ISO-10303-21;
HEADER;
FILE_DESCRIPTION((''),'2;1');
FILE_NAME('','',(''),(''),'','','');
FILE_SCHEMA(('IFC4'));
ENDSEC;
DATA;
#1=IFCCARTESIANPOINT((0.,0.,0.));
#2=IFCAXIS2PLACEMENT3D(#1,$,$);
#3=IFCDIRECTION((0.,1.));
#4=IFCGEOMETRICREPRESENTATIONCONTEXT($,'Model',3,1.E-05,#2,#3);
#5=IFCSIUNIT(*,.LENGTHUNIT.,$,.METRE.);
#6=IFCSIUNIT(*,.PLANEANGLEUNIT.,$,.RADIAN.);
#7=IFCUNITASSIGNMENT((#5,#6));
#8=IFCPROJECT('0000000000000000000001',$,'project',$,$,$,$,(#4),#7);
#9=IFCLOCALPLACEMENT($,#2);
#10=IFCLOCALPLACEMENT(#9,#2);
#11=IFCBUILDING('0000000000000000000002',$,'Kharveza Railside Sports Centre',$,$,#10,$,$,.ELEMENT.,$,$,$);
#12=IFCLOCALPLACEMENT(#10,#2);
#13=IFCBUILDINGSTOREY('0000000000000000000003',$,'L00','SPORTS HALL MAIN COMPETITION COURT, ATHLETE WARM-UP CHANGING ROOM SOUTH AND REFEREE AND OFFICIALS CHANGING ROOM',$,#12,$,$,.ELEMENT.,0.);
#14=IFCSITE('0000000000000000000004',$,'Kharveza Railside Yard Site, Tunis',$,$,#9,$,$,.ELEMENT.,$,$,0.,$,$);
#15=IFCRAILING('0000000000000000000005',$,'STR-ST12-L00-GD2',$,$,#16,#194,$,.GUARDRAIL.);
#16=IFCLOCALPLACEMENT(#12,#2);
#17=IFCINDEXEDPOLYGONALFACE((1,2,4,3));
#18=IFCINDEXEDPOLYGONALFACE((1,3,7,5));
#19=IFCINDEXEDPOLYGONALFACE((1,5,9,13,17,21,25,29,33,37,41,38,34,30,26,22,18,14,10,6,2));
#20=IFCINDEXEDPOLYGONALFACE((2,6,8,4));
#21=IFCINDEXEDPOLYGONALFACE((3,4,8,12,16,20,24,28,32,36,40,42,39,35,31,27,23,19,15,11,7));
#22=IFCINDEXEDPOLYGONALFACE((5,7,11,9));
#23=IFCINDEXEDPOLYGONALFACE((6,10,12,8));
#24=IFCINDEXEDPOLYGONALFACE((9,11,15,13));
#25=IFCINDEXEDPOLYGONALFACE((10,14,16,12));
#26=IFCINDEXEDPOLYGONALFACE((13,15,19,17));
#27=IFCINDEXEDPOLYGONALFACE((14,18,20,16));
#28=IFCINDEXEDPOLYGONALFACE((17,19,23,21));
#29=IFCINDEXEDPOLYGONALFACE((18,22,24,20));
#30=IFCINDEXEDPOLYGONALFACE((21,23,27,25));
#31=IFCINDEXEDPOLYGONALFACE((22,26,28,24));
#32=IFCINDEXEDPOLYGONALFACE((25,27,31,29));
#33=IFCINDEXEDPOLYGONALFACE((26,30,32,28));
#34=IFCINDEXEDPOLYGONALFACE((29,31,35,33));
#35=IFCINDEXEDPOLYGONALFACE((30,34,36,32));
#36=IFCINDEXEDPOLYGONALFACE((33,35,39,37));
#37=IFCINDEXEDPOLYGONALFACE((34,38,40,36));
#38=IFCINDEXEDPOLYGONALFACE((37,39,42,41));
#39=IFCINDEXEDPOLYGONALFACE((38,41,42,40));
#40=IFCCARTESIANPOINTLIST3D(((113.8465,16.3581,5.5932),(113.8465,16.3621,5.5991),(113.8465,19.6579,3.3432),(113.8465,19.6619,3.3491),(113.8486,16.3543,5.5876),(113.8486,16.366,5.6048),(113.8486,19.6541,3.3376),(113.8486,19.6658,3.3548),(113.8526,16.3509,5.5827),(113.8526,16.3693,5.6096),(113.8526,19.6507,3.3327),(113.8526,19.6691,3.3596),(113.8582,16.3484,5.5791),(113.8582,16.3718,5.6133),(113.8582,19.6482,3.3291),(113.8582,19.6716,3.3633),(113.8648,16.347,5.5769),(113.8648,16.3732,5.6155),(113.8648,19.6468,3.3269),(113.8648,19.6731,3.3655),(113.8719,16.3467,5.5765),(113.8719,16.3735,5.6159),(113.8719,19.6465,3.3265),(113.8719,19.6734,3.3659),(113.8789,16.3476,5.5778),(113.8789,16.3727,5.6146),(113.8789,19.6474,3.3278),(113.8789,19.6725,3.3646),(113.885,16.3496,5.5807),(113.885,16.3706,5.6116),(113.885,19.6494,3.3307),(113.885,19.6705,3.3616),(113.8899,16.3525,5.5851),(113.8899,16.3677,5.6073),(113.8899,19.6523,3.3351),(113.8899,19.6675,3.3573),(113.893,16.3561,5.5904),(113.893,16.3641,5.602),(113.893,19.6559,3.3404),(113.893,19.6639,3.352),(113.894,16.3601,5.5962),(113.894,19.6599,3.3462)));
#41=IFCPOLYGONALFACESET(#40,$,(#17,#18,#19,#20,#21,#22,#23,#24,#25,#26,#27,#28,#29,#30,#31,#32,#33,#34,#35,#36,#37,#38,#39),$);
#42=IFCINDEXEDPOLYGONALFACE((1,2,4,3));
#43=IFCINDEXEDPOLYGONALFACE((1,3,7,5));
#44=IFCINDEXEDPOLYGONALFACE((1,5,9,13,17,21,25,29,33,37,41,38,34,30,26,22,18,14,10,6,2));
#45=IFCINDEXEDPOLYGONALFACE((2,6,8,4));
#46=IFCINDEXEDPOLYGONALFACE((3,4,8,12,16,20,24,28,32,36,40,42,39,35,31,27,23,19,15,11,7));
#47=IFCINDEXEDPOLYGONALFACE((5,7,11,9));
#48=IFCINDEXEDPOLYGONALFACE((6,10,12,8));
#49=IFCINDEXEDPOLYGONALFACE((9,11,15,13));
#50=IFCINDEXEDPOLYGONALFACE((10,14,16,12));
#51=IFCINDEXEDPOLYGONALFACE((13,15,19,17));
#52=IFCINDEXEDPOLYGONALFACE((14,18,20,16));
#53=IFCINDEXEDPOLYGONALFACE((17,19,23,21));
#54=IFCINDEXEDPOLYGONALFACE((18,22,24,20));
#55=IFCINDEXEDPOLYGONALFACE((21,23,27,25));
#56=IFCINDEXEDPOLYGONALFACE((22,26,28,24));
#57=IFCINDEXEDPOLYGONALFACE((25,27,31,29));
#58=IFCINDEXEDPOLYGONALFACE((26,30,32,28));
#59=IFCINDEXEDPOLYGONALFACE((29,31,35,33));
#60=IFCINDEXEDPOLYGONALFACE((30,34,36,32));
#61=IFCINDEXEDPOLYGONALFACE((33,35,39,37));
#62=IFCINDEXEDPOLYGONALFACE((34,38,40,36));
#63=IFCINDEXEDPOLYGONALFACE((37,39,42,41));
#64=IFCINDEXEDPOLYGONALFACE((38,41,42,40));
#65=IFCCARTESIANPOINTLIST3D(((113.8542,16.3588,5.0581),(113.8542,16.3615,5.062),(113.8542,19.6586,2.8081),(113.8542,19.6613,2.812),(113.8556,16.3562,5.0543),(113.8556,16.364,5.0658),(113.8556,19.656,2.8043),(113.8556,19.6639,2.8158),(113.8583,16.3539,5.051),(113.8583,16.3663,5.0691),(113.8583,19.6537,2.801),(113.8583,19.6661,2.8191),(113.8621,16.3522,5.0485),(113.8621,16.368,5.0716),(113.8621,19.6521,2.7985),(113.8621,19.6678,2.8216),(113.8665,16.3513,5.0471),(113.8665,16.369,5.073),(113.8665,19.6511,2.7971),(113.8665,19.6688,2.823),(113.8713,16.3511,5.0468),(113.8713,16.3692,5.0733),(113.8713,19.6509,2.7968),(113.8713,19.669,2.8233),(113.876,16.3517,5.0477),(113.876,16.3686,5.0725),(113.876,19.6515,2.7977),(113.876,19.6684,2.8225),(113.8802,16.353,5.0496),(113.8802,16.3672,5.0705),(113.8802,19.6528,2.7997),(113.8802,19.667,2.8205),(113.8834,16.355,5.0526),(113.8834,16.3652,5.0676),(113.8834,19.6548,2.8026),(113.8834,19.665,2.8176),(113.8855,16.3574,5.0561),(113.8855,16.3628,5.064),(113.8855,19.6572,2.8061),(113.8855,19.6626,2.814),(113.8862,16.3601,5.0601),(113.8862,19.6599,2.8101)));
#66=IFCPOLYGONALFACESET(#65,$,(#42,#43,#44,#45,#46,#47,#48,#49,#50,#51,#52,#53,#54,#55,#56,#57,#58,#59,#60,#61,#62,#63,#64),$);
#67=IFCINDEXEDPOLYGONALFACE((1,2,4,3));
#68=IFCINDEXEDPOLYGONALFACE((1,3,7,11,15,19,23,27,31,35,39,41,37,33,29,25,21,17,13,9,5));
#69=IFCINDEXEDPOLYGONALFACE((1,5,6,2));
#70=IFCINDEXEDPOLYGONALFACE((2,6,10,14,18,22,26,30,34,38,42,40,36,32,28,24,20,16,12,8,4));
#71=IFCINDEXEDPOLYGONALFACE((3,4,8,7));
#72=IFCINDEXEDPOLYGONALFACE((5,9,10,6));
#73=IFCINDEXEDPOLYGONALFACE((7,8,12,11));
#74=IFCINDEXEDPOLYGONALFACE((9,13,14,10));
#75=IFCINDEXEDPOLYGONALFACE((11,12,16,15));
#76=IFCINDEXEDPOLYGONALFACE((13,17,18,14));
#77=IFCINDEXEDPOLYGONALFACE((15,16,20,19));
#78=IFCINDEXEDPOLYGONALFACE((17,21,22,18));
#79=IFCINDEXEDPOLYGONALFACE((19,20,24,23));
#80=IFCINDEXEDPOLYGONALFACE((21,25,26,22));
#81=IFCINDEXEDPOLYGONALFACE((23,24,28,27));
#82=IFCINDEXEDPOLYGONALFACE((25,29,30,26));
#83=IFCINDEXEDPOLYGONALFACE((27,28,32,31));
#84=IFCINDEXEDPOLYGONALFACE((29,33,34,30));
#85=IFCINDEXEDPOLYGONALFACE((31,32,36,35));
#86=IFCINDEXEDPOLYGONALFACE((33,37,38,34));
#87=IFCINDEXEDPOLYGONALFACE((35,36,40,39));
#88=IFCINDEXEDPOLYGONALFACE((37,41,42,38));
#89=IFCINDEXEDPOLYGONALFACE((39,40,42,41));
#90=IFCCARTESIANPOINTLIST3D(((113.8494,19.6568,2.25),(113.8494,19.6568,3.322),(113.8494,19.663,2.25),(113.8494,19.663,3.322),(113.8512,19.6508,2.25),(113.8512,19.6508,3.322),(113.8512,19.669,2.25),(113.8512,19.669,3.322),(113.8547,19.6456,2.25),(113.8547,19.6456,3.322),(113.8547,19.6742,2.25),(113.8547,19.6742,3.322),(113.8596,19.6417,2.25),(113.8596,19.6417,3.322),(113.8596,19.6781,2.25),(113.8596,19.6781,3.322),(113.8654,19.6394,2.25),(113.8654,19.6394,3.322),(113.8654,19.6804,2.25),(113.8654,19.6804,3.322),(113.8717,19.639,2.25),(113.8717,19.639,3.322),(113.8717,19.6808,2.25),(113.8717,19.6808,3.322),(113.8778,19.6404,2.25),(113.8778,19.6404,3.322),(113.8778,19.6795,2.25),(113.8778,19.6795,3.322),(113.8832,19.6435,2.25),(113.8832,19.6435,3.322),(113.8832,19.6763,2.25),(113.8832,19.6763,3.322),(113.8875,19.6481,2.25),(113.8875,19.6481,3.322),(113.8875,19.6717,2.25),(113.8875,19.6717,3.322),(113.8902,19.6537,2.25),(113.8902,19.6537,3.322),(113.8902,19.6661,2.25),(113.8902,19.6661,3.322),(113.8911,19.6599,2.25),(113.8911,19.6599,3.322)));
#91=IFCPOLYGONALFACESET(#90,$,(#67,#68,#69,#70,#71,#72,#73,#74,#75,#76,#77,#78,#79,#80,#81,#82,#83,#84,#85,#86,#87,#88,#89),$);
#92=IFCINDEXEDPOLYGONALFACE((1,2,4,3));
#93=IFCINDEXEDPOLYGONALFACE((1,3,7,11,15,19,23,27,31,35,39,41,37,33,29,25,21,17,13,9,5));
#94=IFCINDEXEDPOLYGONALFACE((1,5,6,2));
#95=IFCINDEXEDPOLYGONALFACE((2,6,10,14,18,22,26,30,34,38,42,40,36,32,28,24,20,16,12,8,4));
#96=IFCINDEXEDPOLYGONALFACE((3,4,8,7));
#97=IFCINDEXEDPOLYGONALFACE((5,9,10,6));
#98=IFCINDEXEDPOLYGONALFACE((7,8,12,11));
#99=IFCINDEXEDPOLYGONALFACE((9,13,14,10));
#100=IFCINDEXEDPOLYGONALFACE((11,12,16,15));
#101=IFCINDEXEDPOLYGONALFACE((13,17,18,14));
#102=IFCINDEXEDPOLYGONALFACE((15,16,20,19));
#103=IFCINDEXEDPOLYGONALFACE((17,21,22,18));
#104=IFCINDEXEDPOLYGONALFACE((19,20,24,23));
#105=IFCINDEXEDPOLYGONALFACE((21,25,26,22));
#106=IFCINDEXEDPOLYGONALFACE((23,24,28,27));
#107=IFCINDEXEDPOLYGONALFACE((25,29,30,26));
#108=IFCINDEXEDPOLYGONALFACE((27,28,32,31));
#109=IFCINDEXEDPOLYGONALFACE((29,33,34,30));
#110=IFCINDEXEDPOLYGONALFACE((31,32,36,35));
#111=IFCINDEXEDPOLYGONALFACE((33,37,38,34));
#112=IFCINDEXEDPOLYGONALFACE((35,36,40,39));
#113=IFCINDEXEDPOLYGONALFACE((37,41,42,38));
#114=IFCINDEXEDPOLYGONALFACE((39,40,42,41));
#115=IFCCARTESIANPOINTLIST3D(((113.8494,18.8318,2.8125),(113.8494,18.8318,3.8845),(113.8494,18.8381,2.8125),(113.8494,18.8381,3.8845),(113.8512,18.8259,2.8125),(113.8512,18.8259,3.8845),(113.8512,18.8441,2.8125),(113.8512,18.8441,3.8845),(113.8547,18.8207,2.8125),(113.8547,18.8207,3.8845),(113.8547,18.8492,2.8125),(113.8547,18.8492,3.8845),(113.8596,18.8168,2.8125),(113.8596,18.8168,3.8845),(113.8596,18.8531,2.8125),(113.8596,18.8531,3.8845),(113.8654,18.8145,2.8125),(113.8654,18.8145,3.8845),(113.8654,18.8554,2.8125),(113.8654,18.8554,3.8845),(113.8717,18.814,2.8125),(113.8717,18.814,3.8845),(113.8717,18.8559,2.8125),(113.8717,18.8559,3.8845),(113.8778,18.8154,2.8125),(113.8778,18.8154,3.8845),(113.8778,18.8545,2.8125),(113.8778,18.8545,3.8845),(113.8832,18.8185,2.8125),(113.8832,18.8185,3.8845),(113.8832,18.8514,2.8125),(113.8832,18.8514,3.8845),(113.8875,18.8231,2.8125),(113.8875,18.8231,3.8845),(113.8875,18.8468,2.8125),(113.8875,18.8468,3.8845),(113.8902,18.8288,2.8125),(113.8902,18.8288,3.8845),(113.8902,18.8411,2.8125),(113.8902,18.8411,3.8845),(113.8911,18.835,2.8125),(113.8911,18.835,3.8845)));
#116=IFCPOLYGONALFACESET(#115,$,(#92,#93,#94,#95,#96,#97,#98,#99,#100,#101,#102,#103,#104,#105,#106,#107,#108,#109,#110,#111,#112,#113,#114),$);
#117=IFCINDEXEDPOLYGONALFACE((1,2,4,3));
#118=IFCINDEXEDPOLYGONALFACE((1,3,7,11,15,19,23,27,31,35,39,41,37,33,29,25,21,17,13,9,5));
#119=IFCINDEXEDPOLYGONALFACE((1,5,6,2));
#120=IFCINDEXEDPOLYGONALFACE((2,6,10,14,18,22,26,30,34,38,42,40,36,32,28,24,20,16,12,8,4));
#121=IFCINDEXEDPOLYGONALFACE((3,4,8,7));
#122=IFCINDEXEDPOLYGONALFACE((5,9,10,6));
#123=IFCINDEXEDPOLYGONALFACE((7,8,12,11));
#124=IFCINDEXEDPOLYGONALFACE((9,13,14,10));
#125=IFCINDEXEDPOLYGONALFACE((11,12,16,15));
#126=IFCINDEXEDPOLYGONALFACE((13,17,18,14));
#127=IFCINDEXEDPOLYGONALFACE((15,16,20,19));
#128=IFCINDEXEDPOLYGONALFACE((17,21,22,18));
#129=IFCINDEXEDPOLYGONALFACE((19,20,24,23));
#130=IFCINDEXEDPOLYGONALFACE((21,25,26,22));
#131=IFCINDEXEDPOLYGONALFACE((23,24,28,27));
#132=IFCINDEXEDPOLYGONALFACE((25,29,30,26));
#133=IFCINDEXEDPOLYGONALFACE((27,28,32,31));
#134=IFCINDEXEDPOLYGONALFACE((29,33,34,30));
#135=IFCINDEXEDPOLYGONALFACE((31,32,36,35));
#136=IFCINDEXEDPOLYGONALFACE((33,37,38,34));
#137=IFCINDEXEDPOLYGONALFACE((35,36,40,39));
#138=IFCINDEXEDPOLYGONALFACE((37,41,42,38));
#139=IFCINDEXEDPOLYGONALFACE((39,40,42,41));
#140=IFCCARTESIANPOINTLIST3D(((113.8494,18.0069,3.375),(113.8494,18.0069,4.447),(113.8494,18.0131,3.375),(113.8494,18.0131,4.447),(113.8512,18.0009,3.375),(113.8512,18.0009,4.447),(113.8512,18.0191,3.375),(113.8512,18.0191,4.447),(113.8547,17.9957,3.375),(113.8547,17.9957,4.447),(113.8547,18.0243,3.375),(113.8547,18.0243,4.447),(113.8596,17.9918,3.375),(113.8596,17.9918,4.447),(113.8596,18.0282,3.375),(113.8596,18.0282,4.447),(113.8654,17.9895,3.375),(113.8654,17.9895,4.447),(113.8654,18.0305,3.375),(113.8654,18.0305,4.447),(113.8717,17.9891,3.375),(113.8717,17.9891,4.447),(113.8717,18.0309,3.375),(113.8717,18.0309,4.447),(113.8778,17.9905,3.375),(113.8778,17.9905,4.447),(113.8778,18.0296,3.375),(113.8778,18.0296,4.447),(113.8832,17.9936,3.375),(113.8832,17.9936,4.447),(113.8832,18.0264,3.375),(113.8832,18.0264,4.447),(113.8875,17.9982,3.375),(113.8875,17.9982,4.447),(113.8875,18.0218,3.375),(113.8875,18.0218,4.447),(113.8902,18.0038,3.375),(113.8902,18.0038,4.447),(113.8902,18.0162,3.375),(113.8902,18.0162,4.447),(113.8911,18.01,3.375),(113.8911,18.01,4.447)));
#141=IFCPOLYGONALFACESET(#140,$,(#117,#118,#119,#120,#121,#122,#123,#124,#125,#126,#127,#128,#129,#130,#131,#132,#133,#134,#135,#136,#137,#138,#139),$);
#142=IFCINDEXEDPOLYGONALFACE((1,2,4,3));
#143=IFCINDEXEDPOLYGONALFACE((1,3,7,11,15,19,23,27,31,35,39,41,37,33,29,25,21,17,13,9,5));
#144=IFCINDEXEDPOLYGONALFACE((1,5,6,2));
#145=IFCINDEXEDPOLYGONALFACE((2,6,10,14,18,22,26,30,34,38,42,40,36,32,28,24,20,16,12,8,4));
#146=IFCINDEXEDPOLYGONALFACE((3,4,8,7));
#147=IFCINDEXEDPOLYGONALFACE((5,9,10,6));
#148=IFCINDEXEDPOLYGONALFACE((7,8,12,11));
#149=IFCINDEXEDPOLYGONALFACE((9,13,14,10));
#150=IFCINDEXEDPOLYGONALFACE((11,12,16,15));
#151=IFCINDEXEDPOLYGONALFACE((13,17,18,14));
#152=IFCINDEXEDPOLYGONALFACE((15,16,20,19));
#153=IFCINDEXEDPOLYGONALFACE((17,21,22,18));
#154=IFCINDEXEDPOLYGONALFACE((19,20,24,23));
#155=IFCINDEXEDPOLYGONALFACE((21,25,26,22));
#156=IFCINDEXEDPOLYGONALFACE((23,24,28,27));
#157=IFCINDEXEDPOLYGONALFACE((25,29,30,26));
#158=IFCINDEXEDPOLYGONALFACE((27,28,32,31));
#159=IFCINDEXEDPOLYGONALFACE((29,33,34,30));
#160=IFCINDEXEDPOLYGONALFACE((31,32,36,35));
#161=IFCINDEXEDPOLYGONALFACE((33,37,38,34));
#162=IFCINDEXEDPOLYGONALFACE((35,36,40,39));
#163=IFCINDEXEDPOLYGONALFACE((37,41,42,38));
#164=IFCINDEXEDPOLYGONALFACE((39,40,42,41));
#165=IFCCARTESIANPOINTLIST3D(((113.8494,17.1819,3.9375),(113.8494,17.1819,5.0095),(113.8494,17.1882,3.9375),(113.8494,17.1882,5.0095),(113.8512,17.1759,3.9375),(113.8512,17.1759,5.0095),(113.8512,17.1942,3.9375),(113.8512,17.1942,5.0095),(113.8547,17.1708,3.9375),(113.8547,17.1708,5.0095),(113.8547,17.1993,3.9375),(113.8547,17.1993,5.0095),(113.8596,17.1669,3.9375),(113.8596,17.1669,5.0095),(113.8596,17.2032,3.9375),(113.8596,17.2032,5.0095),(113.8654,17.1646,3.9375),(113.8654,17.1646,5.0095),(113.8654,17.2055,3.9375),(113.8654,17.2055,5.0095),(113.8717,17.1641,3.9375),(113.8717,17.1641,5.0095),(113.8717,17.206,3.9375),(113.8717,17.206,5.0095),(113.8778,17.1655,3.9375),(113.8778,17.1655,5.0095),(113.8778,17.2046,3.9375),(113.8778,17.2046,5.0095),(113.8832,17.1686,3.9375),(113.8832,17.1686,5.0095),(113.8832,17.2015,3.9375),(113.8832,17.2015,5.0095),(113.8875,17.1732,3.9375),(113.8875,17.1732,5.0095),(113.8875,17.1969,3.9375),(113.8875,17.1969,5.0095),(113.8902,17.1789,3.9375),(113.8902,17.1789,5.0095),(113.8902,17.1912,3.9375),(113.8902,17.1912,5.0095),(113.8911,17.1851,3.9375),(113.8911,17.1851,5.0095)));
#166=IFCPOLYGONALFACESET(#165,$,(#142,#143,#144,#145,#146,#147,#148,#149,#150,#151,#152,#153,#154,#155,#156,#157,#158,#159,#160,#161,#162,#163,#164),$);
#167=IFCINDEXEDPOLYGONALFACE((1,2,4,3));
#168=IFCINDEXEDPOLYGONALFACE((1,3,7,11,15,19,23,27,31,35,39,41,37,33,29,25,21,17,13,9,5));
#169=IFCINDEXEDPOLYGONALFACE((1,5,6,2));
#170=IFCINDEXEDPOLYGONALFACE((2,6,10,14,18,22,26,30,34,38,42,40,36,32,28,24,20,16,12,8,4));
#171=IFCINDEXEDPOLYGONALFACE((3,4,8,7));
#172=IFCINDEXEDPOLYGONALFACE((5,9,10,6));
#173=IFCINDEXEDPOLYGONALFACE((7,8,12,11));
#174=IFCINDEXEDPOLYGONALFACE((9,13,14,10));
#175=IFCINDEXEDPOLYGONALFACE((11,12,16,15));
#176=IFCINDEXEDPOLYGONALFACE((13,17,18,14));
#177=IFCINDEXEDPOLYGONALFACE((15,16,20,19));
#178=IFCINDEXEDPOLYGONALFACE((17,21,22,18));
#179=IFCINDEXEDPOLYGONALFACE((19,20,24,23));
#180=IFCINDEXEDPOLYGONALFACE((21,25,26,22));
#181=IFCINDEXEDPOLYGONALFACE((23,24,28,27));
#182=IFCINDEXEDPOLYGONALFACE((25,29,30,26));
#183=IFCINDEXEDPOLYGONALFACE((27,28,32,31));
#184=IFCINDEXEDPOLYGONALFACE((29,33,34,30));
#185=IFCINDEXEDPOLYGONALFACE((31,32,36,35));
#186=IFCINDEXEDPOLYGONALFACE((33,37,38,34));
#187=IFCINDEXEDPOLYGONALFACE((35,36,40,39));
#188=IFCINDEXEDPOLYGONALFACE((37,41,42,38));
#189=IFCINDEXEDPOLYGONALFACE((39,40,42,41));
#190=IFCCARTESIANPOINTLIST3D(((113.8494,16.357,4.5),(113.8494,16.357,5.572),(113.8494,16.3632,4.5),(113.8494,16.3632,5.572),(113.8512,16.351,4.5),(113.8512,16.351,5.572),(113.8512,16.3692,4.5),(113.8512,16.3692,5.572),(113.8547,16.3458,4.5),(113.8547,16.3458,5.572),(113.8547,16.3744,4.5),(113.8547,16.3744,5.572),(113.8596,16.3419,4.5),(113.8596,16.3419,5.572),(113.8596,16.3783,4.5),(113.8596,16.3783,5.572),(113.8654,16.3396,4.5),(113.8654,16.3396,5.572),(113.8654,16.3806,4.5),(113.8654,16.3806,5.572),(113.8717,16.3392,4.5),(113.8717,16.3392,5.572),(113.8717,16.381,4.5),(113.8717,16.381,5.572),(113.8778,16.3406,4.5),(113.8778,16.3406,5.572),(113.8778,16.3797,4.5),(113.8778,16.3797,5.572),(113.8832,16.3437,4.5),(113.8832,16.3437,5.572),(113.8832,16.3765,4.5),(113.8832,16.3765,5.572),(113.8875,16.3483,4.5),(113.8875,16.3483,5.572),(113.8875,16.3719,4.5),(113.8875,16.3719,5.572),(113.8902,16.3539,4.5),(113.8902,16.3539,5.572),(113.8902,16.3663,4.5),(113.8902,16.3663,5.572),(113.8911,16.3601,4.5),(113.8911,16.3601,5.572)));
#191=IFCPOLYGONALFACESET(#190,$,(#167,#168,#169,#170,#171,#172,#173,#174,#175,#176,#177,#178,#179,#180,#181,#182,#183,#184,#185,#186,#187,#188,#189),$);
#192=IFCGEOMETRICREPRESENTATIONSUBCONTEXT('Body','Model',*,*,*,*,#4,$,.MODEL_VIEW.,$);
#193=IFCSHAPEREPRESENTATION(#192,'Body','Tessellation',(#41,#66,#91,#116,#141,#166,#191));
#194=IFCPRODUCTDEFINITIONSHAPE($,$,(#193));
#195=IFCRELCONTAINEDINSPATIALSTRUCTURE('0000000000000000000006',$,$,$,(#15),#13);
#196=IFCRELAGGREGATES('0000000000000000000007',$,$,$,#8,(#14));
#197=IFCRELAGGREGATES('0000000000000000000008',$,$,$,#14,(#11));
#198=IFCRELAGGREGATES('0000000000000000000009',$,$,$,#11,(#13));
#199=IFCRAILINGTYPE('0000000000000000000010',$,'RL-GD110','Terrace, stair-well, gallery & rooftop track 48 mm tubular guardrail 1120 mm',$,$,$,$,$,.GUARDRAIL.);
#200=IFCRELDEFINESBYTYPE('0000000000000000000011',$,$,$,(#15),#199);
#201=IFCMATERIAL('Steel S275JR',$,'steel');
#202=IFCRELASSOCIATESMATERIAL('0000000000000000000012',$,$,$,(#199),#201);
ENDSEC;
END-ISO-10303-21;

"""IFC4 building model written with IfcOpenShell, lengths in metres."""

from ifc_helpers import new_model, si_unit, direction, frame, origin, origin_2d, place, context, subcontext, project, spatial, circle, extrude, material, type_object, element, save


model = new_model("IFC4")

# Units and contexts
model_context = context("Model", 3, precision=1e-05, world=origin(), true_north=direction((0.0, 1.0)))
body_context = subcontext(model_context, "Body", "Model", "MODEL_VIEW")
ifc_project = project(units=[si_unit("LENGTHUNIT", "METRE"), si_unit("PLANEANGLEUNIT", "RADIAN")], contexts=[model_context])

# Site, building, storey
site_placement = place(None, origin())
site = spatial("IfcSite", under=ifc_project, at=site_placement, Name="Kharveza Railside Yard Site, Tunis", CompositionType="ELEMENT", RefElevation=0.0)
building_placement = place(site_placement, origin())
building = spatial("IfcBuilding", under=site, at=building_placement, Name="Kharveza Railside Sports Centre", CompositionType="ELEMENT")
storey_placement = place(building_placement, origin())
storey = spatial("IfcBuildingStorey", under=building, at=storey_placement, Name="L00", Description="SPORTS HALL MAIN COMPETITION COURT, ATHLETE WARM-UP CHANGING ROOM SOUTH AND REFEREE AND OFFICIALS CHANGING ROOM", CompositionType="ELEMENT", Elevation=0.0)

# Railing
ifc_material_1 = material(Name="Steel S275JR", Category="steel")
railing_type_1 = type_object("IfcRailingType", Name="RL-GD110", Description="Terrace, stair-well, gallery & rooftop track 48 mm tubular guardrail 1120 mm", PredefinedType="GUARDRAIL", material=ifc_material_1)
railing_1_placement = place(storey_placement, frame((113.8701, 19.6599, 2.25)))
element("IfcRailing", 1, at=railing_1_placement, inside=storey, type_object=railing_type_1, Name="STR-ST12-L00-GD2", PredefinedType="GUARDRAIL", context=body_context, shape_type="SweptSolid", body=[
    extrude(circle(Radius=0.0239, at=origin_2d()), frame((0.0, 0.0, 1.0962), z_axis=(0.0, -0.826212, 0.56336), x_axis=(1.0, 0.0, 0.0)), (0.0, 0.0, 1.0), 3.9939),
    extrude(circle(Radius=0.0161, at=origin_2d()), frame((0.0, 0.0, 0.5601), z_axis=(0.0, -0.826212, 0.56336), x_axis=(1.0, 0.0, 0.0)), (0.0, 0.0, 1.0), 3.9939),
    extrude(circle(Radius=0.021, at=origin_2d()), origin(), (0.0, 0.0, 1.0), 1.072),
    extrude(circle(Radius=0.021, at=origin_2d()), frame((0.0, -0.825, 0.5625)), (0.0, 0.0, 1.0), 1.072),
    extrude(circle(Radius=0.021, at=origin_2d()), frame((0.0, -1.6499, 1.125)), (0.0, 0.0, 1.0), 1.072),
    extrude(circle(Radius=0.021, at=origin_2d()), frame((0.0, -2.4749, 1.6875)), (0.0, 0.0, 1.0), 1.072),
    extrude(circle(Radius=0.021, at=origin_2d()), frame((0.0, -3.2998, 2.25)), (0.0, 0.0, 1.0), 1.072),
])

save(model, "model.ifc")
